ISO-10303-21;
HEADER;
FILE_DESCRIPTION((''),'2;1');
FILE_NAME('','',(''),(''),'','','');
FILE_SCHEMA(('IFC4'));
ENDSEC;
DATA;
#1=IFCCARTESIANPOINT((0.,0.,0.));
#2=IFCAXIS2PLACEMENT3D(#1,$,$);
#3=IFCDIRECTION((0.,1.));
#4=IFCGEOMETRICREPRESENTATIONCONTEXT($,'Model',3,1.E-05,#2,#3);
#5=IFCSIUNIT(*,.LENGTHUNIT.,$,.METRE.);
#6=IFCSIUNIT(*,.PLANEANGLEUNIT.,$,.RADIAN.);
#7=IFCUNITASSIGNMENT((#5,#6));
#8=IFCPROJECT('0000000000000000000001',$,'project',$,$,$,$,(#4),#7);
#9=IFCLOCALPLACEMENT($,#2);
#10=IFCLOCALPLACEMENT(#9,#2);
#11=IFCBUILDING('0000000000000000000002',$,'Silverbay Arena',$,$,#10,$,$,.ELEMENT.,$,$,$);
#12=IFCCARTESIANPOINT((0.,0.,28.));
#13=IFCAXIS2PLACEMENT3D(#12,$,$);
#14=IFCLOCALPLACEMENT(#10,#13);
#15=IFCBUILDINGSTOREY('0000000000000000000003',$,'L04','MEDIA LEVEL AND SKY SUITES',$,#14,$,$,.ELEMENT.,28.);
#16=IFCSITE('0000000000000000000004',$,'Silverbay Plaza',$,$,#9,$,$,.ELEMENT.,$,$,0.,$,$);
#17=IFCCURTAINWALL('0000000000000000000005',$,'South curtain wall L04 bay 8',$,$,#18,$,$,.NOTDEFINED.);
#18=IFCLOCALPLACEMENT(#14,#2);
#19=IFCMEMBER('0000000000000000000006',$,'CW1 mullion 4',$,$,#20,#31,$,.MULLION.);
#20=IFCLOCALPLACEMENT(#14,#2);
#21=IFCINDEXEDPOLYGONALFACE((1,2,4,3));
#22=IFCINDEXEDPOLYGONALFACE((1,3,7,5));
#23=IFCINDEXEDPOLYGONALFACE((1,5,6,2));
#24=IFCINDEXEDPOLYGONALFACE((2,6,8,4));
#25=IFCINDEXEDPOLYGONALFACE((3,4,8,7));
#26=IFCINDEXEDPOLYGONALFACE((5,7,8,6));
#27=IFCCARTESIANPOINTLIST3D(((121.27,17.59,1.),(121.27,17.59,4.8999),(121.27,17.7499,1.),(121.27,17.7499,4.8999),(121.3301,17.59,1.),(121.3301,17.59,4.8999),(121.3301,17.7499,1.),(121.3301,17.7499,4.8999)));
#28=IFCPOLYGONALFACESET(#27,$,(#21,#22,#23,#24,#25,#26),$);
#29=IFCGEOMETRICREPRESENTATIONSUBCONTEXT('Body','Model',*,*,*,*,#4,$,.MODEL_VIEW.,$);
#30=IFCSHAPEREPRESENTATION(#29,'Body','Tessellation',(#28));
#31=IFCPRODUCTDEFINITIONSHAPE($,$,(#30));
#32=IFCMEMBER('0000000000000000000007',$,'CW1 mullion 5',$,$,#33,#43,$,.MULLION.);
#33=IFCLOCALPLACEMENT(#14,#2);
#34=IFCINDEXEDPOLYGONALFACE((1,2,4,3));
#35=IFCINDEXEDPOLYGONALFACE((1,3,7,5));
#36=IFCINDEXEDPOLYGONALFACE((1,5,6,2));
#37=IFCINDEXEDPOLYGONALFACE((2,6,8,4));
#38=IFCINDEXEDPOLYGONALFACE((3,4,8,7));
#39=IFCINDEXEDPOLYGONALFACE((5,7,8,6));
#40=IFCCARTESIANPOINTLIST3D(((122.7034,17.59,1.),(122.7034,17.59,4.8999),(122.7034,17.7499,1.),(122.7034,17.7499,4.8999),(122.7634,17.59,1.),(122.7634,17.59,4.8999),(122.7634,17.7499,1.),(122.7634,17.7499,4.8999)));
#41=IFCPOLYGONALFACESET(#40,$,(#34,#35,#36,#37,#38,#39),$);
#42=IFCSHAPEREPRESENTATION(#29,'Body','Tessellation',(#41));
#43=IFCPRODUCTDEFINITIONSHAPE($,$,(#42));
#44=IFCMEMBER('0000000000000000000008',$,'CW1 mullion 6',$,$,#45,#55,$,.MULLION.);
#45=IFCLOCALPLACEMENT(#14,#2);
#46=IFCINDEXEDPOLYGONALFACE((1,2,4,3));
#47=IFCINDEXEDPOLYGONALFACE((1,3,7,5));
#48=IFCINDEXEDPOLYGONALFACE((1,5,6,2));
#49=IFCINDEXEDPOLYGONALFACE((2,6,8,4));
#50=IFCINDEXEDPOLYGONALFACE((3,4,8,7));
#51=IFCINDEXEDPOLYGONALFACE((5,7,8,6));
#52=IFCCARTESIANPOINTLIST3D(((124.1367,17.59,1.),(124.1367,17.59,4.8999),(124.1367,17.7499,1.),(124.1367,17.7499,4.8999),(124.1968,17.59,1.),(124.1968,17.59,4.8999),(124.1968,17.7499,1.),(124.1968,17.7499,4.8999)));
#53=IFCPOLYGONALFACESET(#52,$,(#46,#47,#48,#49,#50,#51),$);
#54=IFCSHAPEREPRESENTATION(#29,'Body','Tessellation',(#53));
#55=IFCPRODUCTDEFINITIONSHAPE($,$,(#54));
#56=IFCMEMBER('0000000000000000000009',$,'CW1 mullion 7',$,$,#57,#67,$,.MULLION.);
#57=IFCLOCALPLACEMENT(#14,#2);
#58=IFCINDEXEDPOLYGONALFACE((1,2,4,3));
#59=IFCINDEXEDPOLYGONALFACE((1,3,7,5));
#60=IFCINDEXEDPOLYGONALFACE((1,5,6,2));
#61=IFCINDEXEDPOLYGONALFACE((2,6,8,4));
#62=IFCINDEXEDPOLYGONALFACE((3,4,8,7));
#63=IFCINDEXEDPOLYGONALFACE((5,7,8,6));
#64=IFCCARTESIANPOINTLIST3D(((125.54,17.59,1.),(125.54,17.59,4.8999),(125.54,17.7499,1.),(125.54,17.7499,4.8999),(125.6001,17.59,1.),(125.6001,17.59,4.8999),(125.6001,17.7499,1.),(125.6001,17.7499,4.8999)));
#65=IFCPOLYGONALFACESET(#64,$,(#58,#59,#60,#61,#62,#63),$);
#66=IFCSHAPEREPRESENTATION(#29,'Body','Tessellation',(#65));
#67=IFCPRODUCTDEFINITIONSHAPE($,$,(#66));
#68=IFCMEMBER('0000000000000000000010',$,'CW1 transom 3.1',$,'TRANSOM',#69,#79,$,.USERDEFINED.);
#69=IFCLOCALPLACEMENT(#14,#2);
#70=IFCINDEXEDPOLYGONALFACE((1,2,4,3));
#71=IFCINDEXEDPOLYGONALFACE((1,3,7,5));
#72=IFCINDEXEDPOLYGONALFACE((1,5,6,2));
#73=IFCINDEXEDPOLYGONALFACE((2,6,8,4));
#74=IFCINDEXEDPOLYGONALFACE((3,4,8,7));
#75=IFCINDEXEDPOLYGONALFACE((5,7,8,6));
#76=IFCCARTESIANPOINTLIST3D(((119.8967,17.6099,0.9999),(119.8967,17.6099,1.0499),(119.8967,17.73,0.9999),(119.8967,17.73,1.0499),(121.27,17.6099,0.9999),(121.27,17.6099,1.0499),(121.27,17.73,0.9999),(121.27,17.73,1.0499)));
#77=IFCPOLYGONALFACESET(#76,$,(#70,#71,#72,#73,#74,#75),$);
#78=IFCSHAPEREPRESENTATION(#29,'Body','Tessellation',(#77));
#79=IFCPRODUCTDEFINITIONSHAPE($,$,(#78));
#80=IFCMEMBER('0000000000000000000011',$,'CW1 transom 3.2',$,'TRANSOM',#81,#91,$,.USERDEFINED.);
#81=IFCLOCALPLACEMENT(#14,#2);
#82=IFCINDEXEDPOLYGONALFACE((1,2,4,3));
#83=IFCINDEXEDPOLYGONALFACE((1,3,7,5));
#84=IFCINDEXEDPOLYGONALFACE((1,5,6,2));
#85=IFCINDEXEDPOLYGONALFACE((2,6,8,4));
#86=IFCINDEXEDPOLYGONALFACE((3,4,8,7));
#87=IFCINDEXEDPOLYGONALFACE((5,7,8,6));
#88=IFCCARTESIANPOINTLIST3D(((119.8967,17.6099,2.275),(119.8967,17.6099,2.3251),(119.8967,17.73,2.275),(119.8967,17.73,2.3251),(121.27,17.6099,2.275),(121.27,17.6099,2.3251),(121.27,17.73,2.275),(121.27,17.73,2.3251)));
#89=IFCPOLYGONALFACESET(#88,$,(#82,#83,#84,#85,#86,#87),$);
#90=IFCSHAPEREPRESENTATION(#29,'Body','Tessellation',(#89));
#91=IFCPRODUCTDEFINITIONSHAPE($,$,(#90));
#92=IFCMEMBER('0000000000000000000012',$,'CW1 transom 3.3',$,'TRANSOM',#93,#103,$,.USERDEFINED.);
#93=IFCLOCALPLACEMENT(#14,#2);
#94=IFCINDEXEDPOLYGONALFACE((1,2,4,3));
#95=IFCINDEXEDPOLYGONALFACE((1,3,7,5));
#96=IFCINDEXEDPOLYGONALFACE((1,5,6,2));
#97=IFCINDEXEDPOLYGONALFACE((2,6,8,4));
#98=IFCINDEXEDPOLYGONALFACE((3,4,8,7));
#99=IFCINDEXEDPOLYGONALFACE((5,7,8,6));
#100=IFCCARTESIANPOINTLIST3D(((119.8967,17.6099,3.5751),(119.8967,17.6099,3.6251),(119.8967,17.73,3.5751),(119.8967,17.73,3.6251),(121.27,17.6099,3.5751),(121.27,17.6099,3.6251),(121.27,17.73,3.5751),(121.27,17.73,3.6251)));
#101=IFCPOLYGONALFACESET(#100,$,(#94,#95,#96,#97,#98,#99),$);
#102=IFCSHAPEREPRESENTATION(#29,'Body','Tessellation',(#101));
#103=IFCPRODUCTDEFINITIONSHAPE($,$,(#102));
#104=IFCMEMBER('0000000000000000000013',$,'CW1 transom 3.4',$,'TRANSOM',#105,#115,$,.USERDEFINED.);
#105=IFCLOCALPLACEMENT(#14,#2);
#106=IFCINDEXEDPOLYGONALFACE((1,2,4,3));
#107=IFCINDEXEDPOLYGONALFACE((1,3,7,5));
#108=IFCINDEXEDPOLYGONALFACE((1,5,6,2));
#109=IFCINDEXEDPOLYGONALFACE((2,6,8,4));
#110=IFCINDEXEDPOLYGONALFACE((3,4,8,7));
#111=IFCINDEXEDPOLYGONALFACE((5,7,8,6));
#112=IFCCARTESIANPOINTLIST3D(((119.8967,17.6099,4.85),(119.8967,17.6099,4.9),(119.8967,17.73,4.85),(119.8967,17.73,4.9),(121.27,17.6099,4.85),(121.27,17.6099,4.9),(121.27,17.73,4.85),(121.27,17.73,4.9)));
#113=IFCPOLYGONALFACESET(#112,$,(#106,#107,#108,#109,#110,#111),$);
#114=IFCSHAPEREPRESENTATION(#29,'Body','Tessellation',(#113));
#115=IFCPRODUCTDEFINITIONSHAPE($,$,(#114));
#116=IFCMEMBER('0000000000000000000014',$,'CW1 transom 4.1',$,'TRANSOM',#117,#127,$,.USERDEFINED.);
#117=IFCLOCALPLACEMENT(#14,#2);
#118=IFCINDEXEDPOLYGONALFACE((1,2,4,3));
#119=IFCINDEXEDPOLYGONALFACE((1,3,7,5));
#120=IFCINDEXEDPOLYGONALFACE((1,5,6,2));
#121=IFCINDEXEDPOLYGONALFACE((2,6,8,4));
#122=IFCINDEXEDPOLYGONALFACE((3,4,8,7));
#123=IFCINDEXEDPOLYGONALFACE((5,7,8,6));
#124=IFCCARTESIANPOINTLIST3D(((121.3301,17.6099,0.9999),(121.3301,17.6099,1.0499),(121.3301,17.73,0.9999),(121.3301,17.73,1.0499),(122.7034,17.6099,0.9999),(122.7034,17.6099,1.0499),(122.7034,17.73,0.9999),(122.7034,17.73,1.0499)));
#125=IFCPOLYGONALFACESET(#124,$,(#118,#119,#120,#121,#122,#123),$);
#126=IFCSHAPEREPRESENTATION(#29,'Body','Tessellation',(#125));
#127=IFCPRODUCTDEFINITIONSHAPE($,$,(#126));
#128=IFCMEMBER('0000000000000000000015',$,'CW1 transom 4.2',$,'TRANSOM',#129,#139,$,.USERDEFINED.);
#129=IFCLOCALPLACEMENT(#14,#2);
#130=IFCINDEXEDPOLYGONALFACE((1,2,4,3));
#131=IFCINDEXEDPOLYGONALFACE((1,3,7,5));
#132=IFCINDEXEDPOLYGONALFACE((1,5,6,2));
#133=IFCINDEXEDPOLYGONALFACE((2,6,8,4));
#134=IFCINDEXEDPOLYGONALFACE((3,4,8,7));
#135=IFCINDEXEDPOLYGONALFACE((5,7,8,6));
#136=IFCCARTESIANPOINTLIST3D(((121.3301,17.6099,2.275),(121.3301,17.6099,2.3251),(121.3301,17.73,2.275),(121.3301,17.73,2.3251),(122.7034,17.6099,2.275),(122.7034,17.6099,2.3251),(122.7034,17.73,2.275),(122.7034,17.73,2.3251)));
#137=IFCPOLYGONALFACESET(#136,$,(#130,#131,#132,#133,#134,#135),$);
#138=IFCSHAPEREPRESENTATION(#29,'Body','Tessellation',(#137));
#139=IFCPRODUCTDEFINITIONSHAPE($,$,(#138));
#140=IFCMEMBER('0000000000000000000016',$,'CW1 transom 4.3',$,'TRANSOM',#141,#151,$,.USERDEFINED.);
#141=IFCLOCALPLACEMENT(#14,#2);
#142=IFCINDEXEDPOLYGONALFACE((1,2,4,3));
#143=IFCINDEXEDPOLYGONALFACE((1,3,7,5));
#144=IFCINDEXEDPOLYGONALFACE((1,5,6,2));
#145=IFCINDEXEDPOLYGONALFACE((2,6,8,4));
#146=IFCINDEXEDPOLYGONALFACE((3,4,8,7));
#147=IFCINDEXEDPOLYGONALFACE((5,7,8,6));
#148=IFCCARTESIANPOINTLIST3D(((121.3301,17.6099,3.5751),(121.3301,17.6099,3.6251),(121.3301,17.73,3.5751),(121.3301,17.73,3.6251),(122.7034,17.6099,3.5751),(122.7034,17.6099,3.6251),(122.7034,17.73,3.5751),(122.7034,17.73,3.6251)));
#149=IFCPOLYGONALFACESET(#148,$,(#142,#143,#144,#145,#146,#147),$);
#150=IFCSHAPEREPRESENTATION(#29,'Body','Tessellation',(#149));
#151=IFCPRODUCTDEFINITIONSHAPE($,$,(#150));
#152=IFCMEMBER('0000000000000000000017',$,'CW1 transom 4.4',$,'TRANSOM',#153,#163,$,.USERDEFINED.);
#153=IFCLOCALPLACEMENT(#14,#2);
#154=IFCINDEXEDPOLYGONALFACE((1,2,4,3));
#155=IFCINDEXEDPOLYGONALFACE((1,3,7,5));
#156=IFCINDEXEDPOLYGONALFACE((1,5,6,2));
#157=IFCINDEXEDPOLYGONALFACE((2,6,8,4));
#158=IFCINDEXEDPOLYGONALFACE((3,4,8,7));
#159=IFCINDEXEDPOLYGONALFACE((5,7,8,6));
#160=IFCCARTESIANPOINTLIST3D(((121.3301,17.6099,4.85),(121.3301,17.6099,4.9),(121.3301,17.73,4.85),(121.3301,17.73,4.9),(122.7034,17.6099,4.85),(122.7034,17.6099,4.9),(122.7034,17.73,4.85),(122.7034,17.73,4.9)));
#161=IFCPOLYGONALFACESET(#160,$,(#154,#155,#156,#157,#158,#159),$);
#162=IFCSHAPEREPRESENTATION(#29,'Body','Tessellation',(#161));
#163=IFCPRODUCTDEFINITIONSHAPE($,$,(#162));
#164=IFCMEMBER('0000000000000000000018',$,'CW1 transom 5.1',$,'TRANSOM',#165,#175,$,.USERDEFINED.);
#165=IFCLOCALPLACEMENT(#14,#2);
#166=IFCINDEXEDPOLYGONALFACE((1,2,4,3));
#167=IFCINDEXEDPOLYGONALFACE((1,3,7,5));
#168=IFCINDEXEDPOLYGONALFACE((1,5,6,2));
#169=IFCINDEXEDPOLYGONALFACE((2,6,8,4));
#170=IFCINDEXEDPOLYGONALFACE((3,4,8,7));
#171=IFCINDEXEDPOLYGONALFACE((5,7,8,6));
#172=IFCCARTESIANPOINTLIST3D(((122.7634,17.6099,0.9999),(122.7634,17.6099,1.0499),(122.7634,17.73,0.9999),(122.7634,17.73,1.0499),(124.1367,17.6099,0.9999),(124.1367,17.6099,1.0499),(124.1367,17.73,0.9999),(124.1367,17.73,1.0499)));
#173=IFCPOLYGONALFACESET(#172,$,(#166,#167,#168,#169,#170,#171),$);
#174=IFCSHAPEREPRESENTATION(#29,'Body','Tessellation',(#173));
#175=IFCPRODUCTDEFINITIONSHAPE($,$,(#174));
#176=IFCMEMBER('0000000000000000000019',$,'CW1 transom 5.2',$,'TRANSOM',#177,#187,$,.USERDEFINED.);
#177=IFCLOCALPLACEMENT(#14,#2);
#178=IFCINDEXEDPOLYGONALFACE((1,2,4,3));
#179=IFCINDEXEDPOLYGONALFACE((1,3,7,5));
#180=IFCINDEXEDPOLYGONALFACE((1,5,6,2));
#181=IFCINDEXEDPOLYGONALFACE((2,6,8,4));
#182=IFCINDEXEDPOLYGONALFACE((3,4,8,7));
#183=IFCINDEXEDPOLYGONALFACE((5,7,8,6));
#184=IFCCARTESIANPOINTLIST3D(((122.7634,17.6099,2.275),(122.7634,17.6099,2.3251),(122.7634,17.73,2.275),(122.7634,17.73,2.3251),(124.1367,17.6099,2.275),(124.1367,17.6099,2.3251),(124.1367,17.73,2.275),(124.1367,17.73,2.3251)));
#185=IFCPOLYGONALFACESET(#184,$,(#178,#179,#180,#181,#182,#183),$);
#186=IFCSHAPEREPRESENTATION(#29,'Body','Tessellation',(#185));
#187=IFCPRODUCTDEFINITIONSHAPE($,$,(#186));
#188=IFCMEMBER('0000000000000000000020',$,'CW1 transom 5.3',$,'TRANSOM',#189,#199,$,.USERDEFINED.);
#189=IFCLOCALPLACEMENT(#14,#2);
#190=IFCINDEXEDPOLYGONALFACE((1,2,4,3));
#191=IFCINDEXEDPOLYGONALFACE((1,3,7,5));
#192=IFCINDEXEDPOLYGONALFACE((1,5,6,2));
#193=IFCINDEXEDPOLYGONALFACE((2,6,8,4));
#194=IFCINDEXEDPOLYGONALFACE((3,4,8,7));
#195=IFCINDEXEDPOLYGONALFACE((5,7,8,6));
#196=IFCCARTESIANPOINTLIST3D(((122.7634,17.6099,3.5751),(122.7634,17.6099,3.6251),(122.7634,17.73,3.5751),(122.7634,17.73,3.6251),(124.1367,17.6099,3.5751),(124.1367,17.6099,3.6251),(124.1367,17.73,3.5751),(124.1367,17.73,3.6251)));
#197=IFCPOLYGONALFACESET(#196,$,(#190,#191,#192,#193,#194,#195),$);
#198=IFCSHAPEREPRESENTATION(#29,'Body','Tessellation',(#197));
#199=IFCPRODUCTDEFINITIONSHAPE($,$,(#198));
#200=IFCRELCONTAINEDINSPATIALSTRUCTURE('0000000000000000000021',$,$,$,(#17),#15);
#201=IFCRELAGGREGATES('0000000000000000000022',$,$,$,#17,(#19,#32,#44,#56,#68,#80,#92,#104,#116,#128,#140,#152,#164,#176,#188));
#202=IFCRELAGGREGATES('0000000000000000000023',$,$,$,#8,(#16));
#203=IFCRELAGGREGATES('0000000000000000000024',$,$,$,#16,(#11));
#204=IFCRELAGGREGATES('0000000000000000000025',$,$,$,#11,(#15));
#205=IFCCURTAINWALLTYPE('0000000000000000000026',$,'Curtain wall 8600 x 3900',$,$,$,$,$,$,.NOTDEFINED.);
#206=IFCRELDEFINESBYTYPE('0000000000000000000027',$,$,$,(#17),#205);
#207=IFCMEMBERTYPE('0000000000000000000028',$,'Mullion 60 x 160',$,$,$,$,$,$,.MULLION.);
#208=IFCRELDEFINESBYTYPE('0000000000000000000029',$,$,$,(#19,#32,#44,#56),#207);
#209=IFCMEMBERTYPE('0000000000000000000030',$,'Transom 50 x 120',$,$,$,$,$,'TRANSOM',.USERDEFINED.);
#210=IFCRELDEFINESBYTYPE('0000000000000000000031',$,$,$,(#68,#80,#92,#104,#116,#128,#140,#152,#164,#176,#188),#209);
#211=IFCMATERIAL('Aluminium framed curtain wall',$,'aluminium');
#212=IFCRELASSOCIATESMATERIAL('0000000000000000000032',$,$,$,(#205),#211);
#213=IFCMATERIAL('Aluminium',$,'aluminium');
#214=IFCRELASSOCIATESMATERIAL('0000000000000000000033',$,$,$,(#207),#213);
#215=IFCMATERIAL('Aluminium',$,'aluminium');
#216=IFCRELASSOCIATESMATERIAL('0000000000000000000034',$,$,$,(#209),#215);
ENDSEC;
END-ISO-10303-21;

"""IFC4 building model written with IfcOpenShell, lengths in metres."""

from ifc_helpers import new_model, si_unit, direction, frame, origin, origin_2d, place, context, subcontext, project, spatial, rectangle, extrude, material, material_profile, profile_set, type_object, element, aggregate, save


model = new_model("IFC4")

# Units and contexts
model_context = context("Model", 3, precision=1e-05, world=origin(), true_north=direction((0.0, 1.0)))
body_context = subcontext(model_context, "Body", "Model", "MODEL_VIEW")
ifc_project = project(units=[si_unit("LENGTHUNIT", "METRE"), si_unit("PLANEANGLEUNIT", "RADIAN")], contexts=[model_context])

# Site, building, storey
site_placement = place(None, origin())
site = spatial("IfcSite", under=ifc_project, at=site_placement, Name="Silverbay Plaza", CompositionType="ELEMENT", RefElevation=0.0)
building_placement = place(site_placement, origin())
building = spatial("IfcBuilding", under=site, at=building_placement, Name="Silverbay Arena", CompositionType="ELEMENT")
storey_placement = place(building_placement, frame((0.0, 0.0, 28.0)))
storey = spatial("IfcBuildingStorey", under=building, at=storey_placement, Name="L04", Description="MEDIA LEVEL AND SKY SUITES", CompositionType="ELEMENT", Elevation=28.0)

# Curtain wall, members
ifc_material_1 = material(Name="Aluminium framed curtain wall", Category="aluminium")
curtain_wall_type = type_object("IfcCurtainWallType", Name="Curtain wall 8600 x 3900", PredefinedType="NOTDEFINED", material=ifc_material_1)
curtain_wall_placement = place(storey_placement, origin())
curtain_wall = element("IfcCurtainWall", 1, at=curtain_wall_placement, inside=storey, type_object=curtain_wall_type, Name="South curtain wall L04 bay 8", PredefinedType="NOTDEFINED")
ifc_material_2 = material(Name="Aluminium", Category="aluminium")
ifc_material_profile_1 = material_profile(ifc_material_2, rectangle(XDim=0.1599, YDim=0.0601, at=origin_2d()), Name="Mullion 60 x 160")
ifc_profile_set_1 = profile_set([ifc_material_profile_1], Name="Aluminium")
member_type_1 = type_object("IfcMemberType", Name="Mullion 60 x 160", PredefinedType="MULLION", material=ifc_profile_set_1)
member_1_placement = place(storey_placement, frame((121.3, 17.6699, 1.0), z_axis=(0.0, 0.0, 1.0), x_axis=(0.0, 1.0, 0.0)))
member_1 = element("IfcMember", 2, at=member_1_placement, type_object=member_type_1, Name="CW1 mullion 4", PredefinedType="MULLION", context=body_context, shape_type="SweptSolid", body=[
    extrude(rectangle(XDim=0.1599, YDim=0.0601, at=origin_2d()), origin(), (0.0, 0.0, 1.0), 3.8999),
])
member_2_placement = place(storey_placement, frame((122.7334, 17.6699, 1.0), z_axis=(0.0, 0.0, 1.0), x_axis=(0.0, 1.0, 0.0)))
member_2 = element("IfcMember", 3, at=member_2_placement, type_object=member_type_1, Name="CW1 mullion 5", PredefinedType="MULLION", context=body_context, shape_type="SweptSolid", body=[
    extrude(rectangle(XDim=0.1599, YDim=0.0601, at=origin_2d()), origin(), (0.0, 0.0, 1.0), 3.8999),
])
member_3_placement = place(storey_placement, frame((124.1667, 17.6699, 1.0), z_axis=(0.0, 0.0, 1.0), x_axis=(0.0, 1.0, 0.0)))
member_3 = element("IfcMember", 4, at=member_3_placement, type_object=member_type_1, Name="CW1 mullion 6", PredefinedType="MULLION", context=body_context, shape_type="SweptSolid", body=[
    extrude(rectangle(XDim=0.1599, YDim=0.0601, at=origin_2d()), origin(), (0.0, 0.0, 1.0), 3.8999),
])
member_4_placement = place(storey_placement, frame((125.5701, 17.6699, 1.0), z_axis=(0.0, 0.0, 1.0), x_axis=(0.0, 1.0, 0.0)))
member_4 = element("IfcMember", 5, at=member_4_placement, type_object=member_type_1, Name="CW1 mullion 7", PredefinedType="MULLION", context=body_context, shape_type="SweptSolid", body=[
    extrude(rectangle(XDim=0.1599, YDim=0.0601, at=origin_2d()), origin(), (0.0, 0.0, 1.0), 3.8999),
])
ifc_material_3 = material(Name="Aluminium", Category="aluminium")
ifc_material_profile_2 = material_profile(ifc_material_3, rectangle(XDim=0.1201, YDim=0.05, at=origin_2d()), Name="Transom 50 x 120")
ifc_profile_set_2 = profile_set([ifc_material_profile_2], Name="Aluminium")
member_type_2 = type_object("IfcMemberType", Name="Transom 50 x 120", ElementType="TRANSOM", PredefinedType="USERDEFINED", material=ifc_profile_set_2)
member_5_placement = place(storey_placement, frame((119.8967, 17.6699, 1.0249), z_axis=(1.0, 0.0, 0.0), x_axis=(0.0, 1.0, 0.0)))
member_5 = element("IfcMember", 6, at=member_5_placement, type_object=member_type_2, Name="CW1 transom 3.1", ObjectType="TRANSOM", PredefinedType="USERDEFINED", context=body_context, shape_type="SweptSolid", body=[
    extrude(rectangle(XDim=0.1201, YDim=0.05, at=origin_2d()), origin(), (0.0, 0.0, 1.0), 1.3733),
])
member_6_placement = place(storey_placement, frame((119.8967, 17.6699, 2.3), z_axis=(1.0, 0.0, 0.0), x_axis=(0.0, 1.0, 0.0)))
member_6 = element("IfcMember", 7, at=member_6_placement, type_object=member_type_2, Name="CW1 transom 3.2", ObjectType="TRANSOM", PredefinedType="USERDEFINED", context=body_context, shape_type="SweptSolid", body=[
    extrude(rectangle(XDim=0.1201, YDim=0.05, at=origin_2d()), origin(), (0.0, 0.0, 1.0), 1.3733),
])
member_7_placement = place(storey_placement, frame((119.8967, 17.6699, 3.6001), z_axis=(1.0, 0.0, 0.0), x_axis=(0.0, 1.0, 0.0)))
member_7 = element("IfcMember", 8, at=member_7_placement, type_object=member_type_2, Name="CW1 transom 3.3", ObjectType="TRANSOM", PredefinedType="USERDEFINED", context=body_context, shape_type="SweptSolid", body=[
    extrude(rectangle(XDim=0.1201, YDim=0.05, at=origin_2d()), origin(), (0.0, 0.0, 1.0), 1.3733),
])
member_8_placement = place(storey_placement, frame((119.8967, 17.6699, 4.875), z_axis=(1.0, 0.0, 0.0), x_axis=(0.0, 1.0, 0.0)))
member_8 = element("IfcMember", 9, at=member_8_placement, type_object=member_type_2, Name="CW1 transom 3.4", ObjectType="TRANSOM", PredefinedType="USERDEFINED", context=body_context, shape_type="SweptSolid", body=[
    extrude(rectangle(XDim=0.1201, YDim=0.05, at=origin_2d()), origin(), (0.0, 0.0, 1.0), 1.3733),
])
member_9_placement = place(storey_placement, frame((121.3301, 17.6699, 1.0249), z_axis=(1.0, 0.0, 0.0), x_axis=(0.0, 1.0, 0.0)))
member_9 = element("IfcMember", 10, at=member_9_placement, type_object=member_type_2, Name="CW1 transom 4.1", ObjectType="TRANSOM", PredefinedType="USERDEFINED", context=body_context, shape_type="SweptSolid", body=[
    extrude(rectangle(XDim=0.1201, YDim=0.05, at=origin_2d()), origin(), (0.0, 0.0, 1.0), 1.3733),
])
member_10_placement = place(storey_placement, frame((121.3301, 17.6699, 2.3), z_axis=(1.0, 0.0, 0.0), x_axis=(0.0, 1.0, 0.0)))
member_10 = element("IfcMember", 11, at=member_10_placement, type_object=member_type_2, Name="CW1 transom 4.2", ObjectType="TRANSOM", PredefinedType="USERDEFINED", context=body_context, shape_type="SweptSolid", body=[
    extrude(rectangle(XDim=0.1201, YDim=0.05, at=origin_2d()), origin(), (0.0, 0.0, 1.0), 1.3733),
])
member_11_placement = place(storey_placement, frame((121.3301, 17.6699, 3.6001), z_axis=(1.0, 0.0, 0.0), x_axis=(0.0, 1.0, 0.0)))
member_11 = element("IfcMember", 12, at=member_11_placement, type_object=member_type_2, Name="CW1 transom 4.3", ObjectType="TRANSOM", PredefinedType="USERDEFINED", context=body_context, shape_type="SweptSolid", body=[
    extrude(rectangle(XDim=0.1201, YDim=0.05, at=origin_2d()), origin(), (0.0, 0.0, 1.0), 1.3733),
])
member_12_placement = place(storey_placement, frame((121.3301, 17.6699, 4.875), z_axis=(1.0, 0.0, 0.0), x_axis=(0.0, 1.0, 0.0)))
member_12 = element("IfcMember", 13, at=member_12_placement, type_object=member_type_2, Name="CW1 transom 4.4", ObjectType="TRANSOM", PredefinedType="USERDEFINED", context=body_context, shape_type="SweptSolid", body=[
    extrude(rectangle(XDim=0.1201, YDim=0.05, at=origin_2d()), origin(), (0.0, 0.0, 1.0), 1.3733),
])
member_13_placement = place(storey_placement, frame((122.7634, 17.6699, 1.0249), z_axis=(1.0, 0.0, 0.0), x_axis=(0.0, 1.0, 0.0)))
member_13 = element("IfcMember", 14, at=member_13_placement, type_object=member_type_2, Name="CW1 transom 5.1", ObjectType="TRANSOM", PredefinedType="USERDEFINED", context=body_context, shape_type="SweptSolid", body=[
    extrude(rectangle(XDim=0.1201, YDim=0.05, at=origin_2d()), origin(), (0.0, 0.0, 1.0), 1.3733),
])
member_14_placement = place(storey_placement, frame((122.7634, 17.6699, 2.3), z_axis=(1.0, 0.0, 0.0), x_axis=(0.0, 1.0, 0.0)))
member_14 = element("IfcMember", 15, at=member_14_placement, type_object=member_type_2, Name="CW1 transom 5.2", ObjectType="TRANSOM", PredefinedType="USERDEFINED", context=body_context, shape_type="SweptSolid", body=[
    extrude(rectangle(XDim=0.1201, YDim=0.05, at=origin_2d()), origin(), (0.0, 0.0, 1.0), 1.3733),
])
member_15_placement = place(storey_placement, frame((122.7634, 17.6699, 3.6001), z_axis=(1.0, 0.0, 0.0), x_axis=(0.0, 1.0, 0.0)))
member_15 = element("IfcMember", 16, at=member_15_placement, type_object=member_type_2, Name="CW1 transom 5.3", ObjectType="TRANSOM", PredefinedType="USERDEFINED", context=body_context, shape_type="SweptSolid", body=[
    extrude(rectangle(XDim=0.1201, YDim=0.05, at=origin_2d()), origin(), (0.0, 0.0, 1.0), 1.3733),
])
aggregate(curtain_wall, [member_1, member_2, member_3, member_4, member_5, member_6, member_7, member_8, member_9, member_10, member_11, member_12, member_13, member_14, member_15])

save(model, "model.ifc")
